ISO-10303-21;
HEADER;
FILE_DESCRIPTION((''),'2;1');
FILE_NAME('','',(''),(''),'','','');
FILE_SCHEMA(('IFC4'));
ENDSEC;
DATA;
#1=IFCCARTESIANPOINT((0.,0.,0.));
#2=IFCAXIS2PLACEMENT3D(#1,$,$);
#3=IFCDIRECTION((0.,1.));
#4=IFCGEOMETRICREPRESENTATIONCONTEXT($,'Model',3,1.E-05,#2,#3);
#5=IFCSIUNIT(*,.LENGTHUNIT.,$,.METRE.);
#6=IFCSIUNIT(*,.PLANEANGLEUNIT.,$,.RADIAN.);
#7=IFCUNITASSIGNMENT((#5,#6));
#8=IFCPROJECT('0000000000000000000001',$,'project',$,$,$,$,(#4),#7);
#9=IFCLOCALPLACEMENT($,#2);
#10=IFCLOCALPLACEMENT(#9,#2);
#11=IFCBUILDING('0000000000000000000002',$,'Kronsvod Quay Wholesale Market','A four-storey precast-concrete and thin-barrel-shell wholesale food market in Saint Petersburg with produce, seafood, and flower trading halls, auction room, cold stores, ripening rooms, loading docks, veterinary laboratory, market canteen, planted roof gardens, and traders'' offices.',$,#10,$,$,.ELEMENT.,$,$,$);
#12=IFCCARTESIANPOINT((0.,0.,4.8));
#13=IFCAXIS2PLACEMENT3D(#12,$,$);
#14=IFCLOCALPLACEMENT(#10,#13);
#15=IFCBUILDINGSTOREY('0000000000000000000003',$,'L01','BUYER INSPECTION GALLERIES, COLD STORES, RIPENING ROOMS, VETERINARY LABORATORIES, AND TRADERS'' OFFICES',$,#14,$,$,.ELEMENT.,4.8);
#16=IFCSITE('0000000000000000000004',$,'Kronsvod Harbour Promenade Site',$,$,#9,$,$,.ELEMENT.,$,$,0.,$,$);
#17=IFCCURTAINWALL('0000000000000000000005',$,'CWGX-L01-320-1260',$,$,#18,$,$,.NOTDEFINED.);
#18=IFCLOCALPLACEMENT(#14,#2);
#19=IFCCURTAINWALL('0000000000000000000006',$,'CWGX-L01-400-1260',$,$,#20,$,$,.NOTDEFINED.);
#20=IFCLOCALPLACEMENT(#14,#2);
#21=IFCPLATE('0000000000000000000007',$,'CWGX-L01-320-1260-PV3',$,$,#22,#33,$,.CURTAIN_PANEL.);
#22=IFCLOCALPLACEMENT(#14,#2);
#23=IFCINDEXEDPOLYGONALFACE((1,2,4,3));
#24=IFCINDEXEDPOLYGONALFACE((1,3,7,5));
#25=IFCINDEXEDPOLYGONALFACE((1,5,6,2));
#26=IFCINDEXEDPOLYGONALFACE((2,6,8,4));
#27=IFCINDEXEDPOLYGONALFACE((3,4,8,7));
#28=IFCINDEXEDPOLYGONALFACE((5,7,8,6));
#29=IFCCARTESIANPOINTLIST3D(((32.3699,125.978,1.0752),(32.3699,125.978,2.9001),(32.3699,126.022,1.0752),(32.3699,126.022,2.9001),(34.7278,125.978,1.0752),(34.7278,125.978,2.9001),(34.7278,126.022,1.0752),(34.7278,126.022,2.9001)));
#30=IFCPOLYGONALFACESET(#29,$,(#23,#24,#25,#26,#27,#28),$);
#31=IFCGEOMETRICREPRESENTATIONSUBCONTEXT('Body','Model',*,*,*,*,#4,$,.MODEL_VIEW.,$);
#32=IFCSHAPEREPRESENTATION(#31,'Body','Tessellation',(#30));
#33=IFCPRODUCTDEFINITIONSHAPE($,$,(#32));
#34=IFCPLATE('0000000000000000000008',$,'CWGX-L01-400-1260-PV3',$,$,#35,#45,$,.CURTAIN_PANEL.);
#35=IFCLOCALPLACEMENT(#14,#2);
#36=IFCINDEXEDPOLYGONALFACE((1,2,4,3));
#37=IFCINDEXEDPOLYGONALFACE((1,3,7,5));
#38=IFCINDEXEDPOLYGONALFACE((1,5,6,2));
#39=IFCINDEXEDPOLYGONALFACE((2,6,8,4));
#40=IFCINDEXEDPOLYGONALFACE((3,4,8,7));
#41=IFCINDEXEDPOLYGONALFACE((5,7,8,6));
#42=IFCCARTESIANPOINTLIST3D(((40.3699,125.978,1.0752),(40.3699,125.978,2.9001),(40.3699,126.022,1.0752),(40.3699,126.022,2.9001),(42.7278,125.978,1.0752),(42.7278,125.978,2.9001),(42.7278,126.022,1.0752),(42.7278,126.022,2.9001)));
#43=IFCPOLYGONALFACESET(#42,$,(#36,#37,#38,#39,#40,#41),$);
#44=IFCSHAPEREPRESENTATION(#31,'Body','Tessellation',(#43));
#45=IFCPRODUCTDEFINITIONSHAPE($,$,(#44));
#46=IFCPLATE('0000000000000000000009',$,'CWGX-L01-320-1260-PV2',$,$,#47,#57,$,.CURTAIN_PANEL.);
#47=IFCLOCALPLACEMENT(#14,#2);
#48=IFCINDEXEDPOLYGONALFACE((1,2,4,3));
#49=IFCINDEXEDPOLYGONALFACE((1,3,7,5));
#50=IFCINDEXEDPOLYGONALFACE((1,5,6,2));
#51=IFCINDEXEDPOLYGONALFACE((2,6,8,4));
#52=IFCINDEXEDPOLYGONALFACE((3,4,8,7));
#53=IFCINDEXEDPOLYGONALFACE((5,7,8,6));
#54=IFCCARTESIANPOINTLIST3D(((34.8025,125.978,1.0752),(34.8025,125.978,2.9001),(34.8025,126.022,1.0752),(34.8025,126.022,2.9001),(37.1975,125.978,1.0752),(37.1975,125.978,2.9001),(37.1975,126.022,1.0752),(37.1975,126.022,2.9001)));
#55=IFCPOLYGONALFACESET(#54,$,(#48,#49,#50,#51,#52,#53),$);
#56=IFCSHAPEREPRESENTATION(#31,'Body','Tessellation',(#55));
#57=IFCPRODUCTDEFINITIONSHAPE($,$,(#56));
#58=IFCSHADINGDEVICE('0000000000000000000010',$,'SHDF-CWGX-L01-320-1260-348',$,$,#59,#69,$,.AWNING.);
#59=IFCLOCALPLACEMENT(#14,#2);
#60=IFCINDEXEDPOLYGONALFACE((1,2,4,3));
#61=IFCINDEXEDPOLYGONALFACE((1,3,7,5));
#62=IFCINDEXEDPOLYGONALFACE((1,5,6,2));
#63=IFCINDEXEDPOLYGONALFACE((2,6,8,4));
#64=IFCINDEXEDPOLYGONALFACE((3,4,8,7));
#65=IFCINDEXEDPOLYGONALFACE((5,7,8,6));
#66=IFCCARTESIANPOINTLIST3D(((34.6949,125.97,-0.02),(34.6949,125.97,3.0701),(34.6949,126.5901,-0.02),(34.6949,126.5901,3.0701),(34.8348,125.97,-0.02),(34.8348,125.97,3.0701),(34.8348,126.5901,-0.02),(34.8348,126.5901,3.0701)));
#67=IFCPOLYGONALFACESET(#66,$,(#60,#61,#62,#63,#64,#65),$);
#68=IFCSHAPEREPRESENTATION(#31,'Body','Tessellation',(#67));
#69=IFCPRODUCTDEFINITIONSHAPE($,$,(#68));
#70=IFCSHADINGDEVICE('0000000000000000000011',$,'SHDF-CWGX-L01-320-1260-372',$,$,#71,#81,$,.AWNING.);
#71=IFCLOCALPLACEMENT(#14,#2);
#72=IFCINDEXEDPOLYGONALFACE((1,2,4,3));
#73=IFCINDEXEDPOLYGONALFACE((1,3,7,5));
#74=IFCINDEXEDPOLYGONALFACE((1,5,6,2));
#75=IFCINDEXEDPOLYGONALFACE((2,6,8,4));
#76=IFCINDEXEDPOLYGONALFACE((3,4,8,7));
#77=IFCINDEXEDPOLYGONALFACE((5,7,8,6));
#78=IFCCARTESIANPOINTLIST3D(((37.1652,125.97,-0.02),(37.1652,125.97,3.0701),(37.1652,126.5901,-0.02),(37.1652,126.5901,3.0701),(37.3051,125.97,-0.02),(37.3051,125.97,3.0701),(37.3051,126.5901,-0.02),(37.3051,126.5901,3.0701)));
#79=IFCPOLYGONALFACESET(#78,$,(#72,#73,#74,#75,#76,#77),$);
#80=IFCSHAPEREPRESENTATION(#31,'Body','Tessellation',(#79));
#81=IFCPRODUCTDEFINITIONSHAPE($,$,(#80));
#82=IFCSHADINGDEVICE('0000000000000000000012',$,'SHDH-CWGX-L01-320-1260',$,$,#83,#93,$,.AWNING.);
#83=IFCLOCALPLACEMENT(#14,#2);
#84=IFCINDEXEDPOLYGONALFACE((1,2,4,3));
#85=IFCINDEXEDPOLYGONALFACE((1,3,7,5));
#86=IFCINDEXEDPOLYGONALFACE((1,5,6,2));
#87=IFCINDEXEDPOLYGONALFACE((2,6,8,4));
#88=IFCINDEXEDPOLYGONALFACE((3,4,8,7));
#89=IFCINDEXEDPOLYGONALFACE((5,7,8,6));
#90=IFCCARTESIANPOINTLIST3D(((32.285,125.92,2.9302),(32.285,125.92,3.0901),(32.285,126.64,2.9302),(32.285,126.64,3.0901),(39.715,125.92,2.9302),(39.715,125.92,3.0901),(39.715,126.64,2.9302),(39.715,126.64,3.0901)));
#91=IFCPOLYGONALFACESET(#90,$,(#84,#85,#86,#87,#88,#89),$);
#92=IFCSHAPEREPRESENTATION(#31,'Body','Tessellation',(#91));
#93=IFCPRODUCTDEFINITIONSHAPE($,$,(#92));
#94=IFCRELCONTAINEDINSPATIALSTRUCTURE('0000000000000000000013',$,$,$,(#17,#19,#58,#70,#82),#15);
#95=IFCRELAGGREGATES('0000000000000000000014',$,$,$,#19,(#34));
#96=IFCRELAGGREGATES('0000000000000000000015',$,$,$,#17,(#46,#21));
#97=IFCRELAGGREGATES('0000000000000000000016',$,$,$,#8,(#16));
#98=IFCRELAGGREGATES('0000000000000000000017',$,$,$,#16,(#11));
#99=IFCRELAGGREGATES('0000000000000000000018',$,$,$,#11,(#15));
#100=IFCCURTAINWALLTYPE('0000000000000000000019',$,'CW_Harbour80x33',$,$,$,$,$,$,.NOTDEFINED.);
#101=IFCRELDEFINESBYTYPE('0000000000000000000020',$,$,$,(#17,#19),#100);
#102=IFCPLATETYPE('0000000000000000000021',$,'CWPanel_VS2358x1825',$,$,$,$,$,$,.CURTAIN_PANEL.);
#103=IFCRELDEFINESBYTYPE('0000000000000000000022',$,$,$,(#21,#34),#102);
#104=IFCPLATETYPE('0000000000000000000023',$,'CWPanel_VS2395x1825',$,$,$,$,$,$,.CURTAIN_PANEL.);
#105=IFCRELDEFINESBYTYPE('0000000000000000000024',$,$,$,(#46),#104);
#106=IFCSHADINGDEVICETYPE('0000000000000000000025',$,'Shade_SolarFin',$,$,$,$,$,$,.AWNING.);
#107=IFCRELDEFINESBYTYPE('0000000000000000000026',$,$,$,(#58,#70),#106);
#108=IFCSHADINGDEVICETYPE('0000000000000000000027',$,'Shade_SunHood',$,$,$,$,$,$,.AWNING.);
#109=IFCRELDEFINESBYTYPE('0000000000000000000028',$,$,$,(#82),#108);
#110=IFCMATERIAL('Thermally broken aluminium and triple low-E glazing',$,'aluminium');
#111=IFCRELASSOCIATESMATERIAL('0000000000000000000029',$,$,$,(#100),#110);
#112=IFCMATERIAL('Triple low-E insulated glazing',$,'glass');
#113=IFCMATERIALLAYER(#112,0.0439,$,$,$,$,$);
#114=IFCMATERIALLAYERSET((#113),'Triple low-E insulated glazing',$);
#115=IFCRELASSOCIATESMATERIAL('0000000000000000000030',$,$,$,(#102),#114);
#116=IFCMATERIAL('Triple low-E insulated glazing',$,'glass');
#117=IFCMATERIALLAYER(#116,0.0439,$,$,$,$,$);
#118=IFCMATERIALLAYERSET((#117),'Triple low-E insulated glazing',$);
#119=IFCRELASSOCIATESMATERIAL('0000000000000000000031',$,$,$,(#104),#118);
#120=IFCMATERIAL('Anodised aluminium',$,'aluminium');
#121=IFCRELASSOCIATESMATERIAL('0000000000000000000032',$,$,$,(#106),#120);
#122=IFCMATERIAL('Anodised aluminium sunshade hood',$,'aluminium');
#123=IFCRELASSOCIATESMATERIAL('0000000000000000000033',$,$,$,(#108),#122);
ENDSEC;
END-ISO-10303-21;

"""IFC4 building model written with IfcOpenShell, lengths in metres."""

from ifc_helpers import new_model, si_unit, direction, frame, origin, origin_2d, place, context, subcontext, project, spatial, rectangle, extrude, material, layer, layer_set, type_object, element, aggregate, save


model = new_model("IFC4")

# Units and contexts
model_context = context("Model", 3, precision=1e-05, world=origin(), true_north=direction((0.0, 1.0)))
body_context = subcontext(model_context, "Body", "Model", "MODEL_VIEW")
ifc_project = project(units=[si_unit("LENGTHUNIT", "METRE"), si_unit("PLANEANGLEUNIT", "RADIAN")], contexts=[model_context])

# Site, building, storey
site_placement = place(None, origin())
site = spatial("IfcSite", under=ifc_project, at=site_placement, Name="Kronsvod Harbour Promenade Site", CompositionType="ELEMENT", RefElevation=0.0)
building_placement = place(site_placement, origin())
building = spatial("IfcBuilding", under=site, at=building_placement, Name="Kronsvod Quay Wholesale Market", Description="A four-storey precast-concrete and thin-barrel-shell wholesale food market in Saint Petersburg with produce, seafood, and flower trading halls, auction room, cold stores, ripening rooms, loading docks, veterinary laboratory, market canteen, planted roof gardens, and traders' offices.", CompositionType="ELEMENT")
storey_placement = place(building_placement, frame((0.0, 0.0, 4.8)))
storey = spatial("IfcBuildingStorey", under=building, at=storey_placement, Name="L01", Description="BUYER INSPECTION GALLERIES, COLD STORES, RIPENING ROOMS, VETERINARY LABORATORIES, AND TRADERS' OFFICES", CompositionType="ELEMENT", Elevation=4.8)

# Curtain wall
ifc_material_1 = material(Name="Thermally broken aluminium and triple low-E glazing", Category="aluminium")
curtain_wall_type_1 = type_object("IfcCurtainWallType", Name="CW_Harbour80x33", PredefinedType="NOTDEFINED", material=ifc_material_1)
curtain_wall_1_placement = place(storey_placement, origin())
curtain_wall_1 = element("IfcCurtainWall", 1, at=curtain_wall_1_placement, inside=storey, type_object=curtain_wall_type_1, Name="CWGX-L01-320-1260", PredefinedType="NOTDEFINED")

# Curtain wall
curtain_wall_2_placement = place(storey_placement, origin())
curtain_wall_2 = element("IfcCurtainWall", 2, at=curtain_wall_2_placement, inside=storey, type_object=curtain_wall_type_1, Name="CWGX-L01-400-1260", PredefinedType="NOTDEFINED")

# Plates
ifc_material_2 = material(Name="Triple low-E insulated glazing", Category="glass")
ifc_layer_1 = layer(ifc_material_2, 0.0439)
ifc_layer_set_1 = layer_set([ifc_layer_1], Name="Triple low-E insulated glazing")
plate_type_1 = type_object("IfcPlateType", Name="CWPanel_VS2358x1825", PredefinedType="CURTAIN_PANEL", material=ifc_layer_set_1)
plate_1_placement = place(storey_placement, frame((33.5488, 126.0, 1.0752), z_axis=(0.0, 0.0, 1.0), x_axis=(-1.0, 0.0, 0.0)))
plate_1 = element("IfcPlate", 3, at=plate_1_placement, type_object=plate_type_1, Name="CWGX-L01-320-1260-PV3", PredefinedType="CURTAIN_PANEL", context=body_context, shape_type="SweptSolid", body=[
    extrude(rectangle(XDim=2.3579, YDim=0.0439, at=origin_2d()), origin(), (0.0, 0.0, 1.0), 1.825),
])
plate_2_placement = place(storey_placement, frame((41.5488, 126.0, 1.0752), z_axis=(0.0, 0.0, 1.0), x_axis=(-1.0, 0.0, 0.0)))
plate_2 = element("IfcPlate", 4, at=plate_2_placement, type_object=plate_type_1, Name="CWGX-L01-400-1260-PV3", PredefinedType="CURTAIN_PANEL", context=body_context, shape_type="SweptSolid", body=[
    extrude(rectangle(XDim=2.3579, YDim=0.0439, at=origin_2d()), origin(), (0.0, 0.0, 1.0), 1.825),
])
aggregate(curtain_wall_2, [plate_2])
ifc_material_3 = material(Name="Triple low-E insulated glazing", Category="glass")
ifc_layer_2 = layer(ifc_material_3, 0.0439)
ifc_layer_set_2 = layer_set([ifc_layer_2], Name="Triple low-E insulated glazing")
plate_type_2 = type_object("IfcPlateType", Name="CWPanel_VS2395x1825", PredefinedType="CURTAIN_PANEL", material=ifc_layer_set_2)
plate_3_placement = place(storey_placement, frame((36.0, 126.0, 1.0752), z_axis=(0.0, 0.0, 1.0), x_axis=(-1.0, 0.0, 0.0)))
plate_3 = element("IfcPlate", 5, at=plate_3_placement, type_object=plate_type_2, Name="CWGX-L01-320-1260-PV2", PredefinedType="CURTAIN_PANEL", context=body_context, shape_type="SweptSolid", body=[
    extrude(rectangle(XDim=2.395, YDim=0.0439, at=origin_2d()), origin(), (0.0, 0.0, 1.0), 1.825),
])
aggregate(curtain_wall_1, [plate_3, plate_1])

# Shading devices
ifc_material_4 = material(Name="Anodised aluminium", Category="aluminium")
shading_device_type_1 = type_object("IfcShadingDeviceType", Name="Shade_SolarFin", PredefinedType="AWNING", material=ifc_material_4)
for number, where, z_axis, x_axis, name in (
    (6, (34.7649, 126.28, -0.02), (0.0, 0.0, 1.0), (1.0, 0.0, 0.0), "SHDF-CWGX-L01-320-1260-348"),
    (7, (37.2351, 126.28, -0.02), (0.0, 0.0, 1.0), (1.0, 0.0, 0.0), "SHDF-CWGX-L01-320-1260-372"),
):
    element("IfcShadingDevice", number, at=place(storey_placement, frame(where, z_axis=z_axis, x_axis=x_axis)), inside=storey, type_object=shading_device_type_1, Name=name, PredefinedType="AWNING", context=body_context, shape_type="SweptSolid", body=[
        extrude(rectangle(XDim=0.1399, YDim=0.6201, at=origin_2d()), origin(), (0.0, 0.0, 1.0), 3.0901),
    ])
ifc_material_5 = material(Name="Anodised aluminium sunshade hood", Category="aluminium")
shading_device_type_2 = type_object("IfcShadingDeviceType", Name="Shade_SunHood", PredefinedType="AWNING", material=ifc_material_5)
shading_device_placement = place(storey_placement, frame((36.0, 126.28, 2.9302), z_axis=(0.0, 0.0, 1.0), x_axis=(1.0, 0.0, 0.0)))
element("IfcShadingDevice", 8, at=shading_device_placement, inside=storey, type_object=shading_device_type_2, Name="SHDH-CWGX-L01-320-1260", PredefinedType="AWNING", context=body_context, shape_type="SweptSolid", body=[
    extrude(rectangle(XDim=7.4299, YDim=0.72, at=origin_2d()), origin(), (0.0, 0.0, 1.0), 0.1599),
])

save(model, "model.ifc")
